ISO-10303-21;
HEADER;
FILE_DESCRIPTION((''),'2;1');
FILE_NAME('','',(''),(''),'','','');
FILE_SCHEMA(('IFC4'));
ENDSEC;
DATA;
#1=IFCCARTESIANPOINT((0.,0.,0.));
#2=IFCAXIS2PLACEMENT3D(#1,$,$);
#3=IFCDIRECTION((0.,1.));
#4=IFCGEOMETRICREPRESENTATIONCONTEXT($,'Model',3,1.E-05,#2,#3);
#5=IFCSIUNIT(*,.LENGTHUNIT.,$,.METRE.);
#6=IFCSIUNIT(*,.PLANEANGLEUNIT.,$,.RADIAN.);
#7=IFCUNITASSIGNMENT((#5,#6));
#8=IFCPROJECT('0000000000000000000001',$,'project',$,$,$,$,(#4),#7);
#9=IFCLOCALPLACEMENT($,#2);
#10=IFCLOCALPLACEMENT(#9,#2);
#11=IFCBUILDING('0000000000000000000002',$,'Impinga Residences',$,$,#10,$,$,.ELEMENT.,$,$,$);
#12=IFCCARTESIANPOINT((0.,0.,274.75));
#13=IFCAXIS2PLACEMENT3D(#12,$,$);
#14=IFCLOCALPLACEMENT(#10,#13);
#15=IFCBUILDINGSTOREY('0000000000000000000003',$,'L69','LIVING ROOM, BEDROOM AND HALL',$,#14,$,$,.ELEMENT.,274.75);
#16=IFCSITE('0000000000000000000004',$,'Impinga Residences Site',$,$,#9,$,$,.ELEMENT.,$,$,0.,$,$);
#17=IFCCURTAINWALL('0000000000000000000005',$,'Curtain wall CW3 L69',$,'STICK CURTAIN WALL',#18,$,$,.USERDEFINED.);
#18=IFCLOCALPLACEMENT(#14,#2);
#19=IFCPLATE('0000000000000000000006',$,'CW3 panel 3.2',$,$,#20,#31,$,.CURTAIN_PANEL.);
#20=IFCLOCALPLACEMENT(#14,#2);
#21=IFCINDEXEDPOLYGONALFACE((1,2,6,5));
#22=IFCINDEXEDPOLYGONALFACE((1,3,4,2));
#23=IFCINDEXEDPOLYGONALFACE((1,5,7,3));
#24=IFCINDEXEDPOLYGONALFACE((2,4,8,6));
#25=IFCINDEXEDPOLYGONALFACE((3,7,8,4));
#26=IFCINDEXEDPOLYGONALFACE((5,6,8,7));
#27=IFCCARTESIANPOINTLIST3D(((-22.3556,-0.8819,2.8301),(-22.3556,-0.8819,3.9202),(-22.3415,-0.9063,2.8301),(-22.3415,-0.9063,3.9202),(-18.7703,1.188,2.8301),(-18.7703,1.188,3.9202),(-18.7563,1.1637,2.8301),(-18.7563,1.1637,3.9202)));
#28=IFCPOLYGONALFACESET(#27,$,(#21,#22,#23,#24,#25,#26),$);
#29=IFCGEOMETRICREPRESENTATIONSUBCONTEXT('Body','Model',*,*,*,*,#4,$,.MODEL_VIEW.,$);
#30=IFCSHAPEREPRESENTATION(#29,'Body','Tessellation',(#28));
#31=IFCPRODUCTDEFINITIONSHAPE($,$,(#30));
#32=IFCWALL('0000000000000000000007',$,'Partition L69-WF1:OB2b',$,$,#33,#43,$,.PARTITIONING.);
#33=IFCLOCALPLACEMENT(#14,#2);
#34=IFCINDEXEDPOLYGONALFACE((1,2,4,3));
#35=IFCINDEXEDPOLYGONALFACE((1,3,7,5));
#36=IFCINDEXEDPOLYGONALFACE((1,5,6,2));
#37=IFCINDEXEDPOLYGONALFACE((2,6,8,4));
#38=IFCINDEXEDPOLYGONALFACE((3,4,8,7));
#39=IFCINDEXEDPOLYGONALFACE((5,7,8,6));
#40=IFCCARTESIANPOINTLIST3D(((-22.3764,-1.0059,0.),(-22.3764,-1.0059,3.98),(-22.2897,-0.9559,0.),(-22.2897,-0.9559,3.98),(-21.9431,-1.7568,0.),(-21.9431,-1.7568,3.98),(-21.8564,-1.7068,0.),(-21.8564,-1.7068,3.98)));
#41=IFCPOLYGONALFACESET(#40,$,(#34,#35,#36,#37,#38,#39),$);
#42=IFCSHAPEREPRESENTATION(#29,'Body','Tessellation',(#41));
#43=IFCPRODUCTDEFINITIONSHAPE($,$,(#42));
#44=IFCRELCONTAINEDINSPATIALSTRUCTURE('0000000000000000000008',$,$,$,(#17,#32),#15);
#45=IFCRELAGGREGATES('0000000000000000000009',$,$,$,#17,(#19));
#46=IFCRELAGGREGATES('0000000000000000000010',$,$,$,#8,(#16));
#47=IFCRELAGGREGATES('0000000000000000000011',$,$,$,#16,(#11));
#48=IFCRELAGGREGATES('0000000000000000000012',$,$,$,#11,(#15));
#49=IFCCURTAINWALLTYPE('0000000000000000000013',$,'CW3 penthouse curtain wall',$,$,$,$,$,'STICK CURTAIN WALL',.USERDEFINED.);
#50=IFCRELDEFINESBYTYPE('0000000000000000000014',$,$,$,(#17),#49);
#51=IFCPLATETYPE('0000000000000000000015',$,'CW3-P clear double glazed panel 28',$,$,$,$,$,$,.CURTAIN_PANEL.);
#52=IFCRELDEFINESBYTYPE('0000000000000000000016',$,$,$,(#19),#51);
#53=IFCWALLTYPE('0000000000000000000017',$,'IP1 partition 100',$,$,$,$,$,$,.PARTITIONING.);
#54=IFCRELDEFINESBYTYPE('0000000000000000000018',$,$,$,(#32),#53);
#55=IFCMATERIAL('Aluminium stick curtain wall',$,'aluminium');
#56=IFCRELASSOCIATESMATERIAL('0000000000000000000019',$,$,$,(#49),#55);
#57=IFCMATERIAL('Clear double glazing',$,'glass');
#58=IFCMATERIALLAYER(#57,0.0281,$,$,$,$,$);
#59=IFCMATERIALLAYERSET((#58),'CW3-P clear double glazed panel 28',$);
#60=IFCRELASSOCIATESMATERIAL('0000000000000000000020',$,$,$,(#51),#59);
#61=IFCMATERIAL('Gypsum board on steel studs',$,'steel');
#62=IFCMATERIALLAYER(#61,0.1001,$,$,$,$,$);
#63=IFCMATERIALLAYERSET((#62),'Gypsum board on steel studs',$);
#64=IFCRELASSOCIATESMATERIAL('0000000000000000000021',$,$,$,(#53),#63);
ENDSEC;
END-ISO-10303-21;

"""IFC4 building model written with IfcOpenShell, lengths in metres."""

from ifc_helpers import new_model, si_unit, direction, frame, frame_2d, origin, origin_2d, place, context, subcontext, project, spatial, rectangle, extrude, material, layer, layer_set, type_object, element, aggregate, save


model = new_model("IFC4")

# Units and contexts
model_context = context("Model", 3, precision=1e-05, world=origin(), true_north=direction((0.0, 1.0)))
body_context = subcontext(model_context, "Body", "Model", "MODEL_VIEW")
ifc_project = project(units=[si_unit("LENGTHUNIT", "METRE"), si_unit("PLANEANGLEUNIT", "RADIAN")], contexts=[model_context])

# Site, building, storey
site_placement = place(None, origin())
site = spatial("IfcSite", under=ifc_project, at=site_placement, Name="Impinga Residences Site", CompositionType="ELEMENT", RefElevation=0.0)
building_placement = place(site_placement, origin())
building = spatial("IfcBuilding", under=site, at=building_placement, Name="Impinga Residences", CompositionType="ELEMENT")
storey_placement = place(building_placement, frame((0.0, 0.0, 274.75)))
storey = spatial("IfcBuildingStorey", under=building, at=storey_placement, Name="L69", Description="LIVING ROOM, BEDROOM AND HALL", CompositionType="ELEMENT", Elevation=274.75)

# Curtain wall
ifc_material_1 = material(Name="Aluminium stick curtain wall", Category="aluminium")
curtain_wall_type = type_object("IfcCurtainWallType", Name="CW3 penthouse curtain wall", ElementType="STICK CURTAIN WALL", PredefinedType="USERDEFINED", material=ifc_material_1)
curtain_wall_placement = place(storey_placement, origin())
curtain_wall = element("IfcCurtainWall", 1, at=curtain_wall_placement, inside=storey, type_object=curtain_wall_type, Name="Curtain wall CW3 L69", ObjectType="STICK CURTAIN WALL", PredefinedType="USERDEFINED")

# Plate
ifc_material_2 = material(Name="Clear double glazing", Category="glass")
ifc_layer_1 = layer(ifc_material_2, 0.0281)
ifc_layer_set_1 = layer_set([ifc_layer_1], Name="CW3-P clear double glazed panel 28")
plate_type = type_object("IfcPlateType", Name="CW3-P clear double glazed panel 28", PredefinedType="CURTAIN_PANEL", material=ifc_layer_set_1)
plate_1_placement = place(storey_placement, frame((-20.5559, 0.1409, 2.8301), z_axis=(0.0, 0.0, 1.0), x_axis=(0.866025, 0.5, 0.0)))
plate_1 = element("IfcPlate", 2, at=plate_1_placement, type_object=plate_type, Name="CW3 panel 3.2", PredefinedType="CURTAIN_PANEL", context=body_context, shape_type="SweptSolid", body=[
    extrude(rectangle(XDim=4.1399, YDim=0.0281, at=origin_2d()), origin(), (0.0, 0.0, 1.0), 1.0901),
])
aggregate(curtain_wall, [plate_1])

# Wall
ifc_material_3 = material(Name="Gypsum board on steel studs", Category="steel")
ifc_layer_2 = layer(ifc_material_3, 0.1001)
ifc_layer_set_2 = layer_set([ifc_layer_2], Name="Gypsum board on steel studs")
wall_type = type_object("IfcWallType", Name="IP1 partition 100", PredefinedType="PARTITIONING", material=ifc_layer_set_2)
wall_placement = place(storey_placement, frame((-21.8997, -1.7319, 0.0), z_axis=(0.0, 0.0, 1.0), x_axis=(-0.499804, 0.866139, 0.0)))
element("IfcWall", 3, at=wall_placement, inside=storey, type_object=wall_type, Name="Partition L69-WF1:OB2b", PredefinedType="PARTITIONING", context=body_context, shape_type="SweptSolid", body=[
    extrude(rectangle(XDim=0.8669, YDim=0.1001, at=frame_2d((0.4336, 0.0))), origin(), (0.0, 0.0, 1.0), 3.98),
])

save(model, "model.ifc")
